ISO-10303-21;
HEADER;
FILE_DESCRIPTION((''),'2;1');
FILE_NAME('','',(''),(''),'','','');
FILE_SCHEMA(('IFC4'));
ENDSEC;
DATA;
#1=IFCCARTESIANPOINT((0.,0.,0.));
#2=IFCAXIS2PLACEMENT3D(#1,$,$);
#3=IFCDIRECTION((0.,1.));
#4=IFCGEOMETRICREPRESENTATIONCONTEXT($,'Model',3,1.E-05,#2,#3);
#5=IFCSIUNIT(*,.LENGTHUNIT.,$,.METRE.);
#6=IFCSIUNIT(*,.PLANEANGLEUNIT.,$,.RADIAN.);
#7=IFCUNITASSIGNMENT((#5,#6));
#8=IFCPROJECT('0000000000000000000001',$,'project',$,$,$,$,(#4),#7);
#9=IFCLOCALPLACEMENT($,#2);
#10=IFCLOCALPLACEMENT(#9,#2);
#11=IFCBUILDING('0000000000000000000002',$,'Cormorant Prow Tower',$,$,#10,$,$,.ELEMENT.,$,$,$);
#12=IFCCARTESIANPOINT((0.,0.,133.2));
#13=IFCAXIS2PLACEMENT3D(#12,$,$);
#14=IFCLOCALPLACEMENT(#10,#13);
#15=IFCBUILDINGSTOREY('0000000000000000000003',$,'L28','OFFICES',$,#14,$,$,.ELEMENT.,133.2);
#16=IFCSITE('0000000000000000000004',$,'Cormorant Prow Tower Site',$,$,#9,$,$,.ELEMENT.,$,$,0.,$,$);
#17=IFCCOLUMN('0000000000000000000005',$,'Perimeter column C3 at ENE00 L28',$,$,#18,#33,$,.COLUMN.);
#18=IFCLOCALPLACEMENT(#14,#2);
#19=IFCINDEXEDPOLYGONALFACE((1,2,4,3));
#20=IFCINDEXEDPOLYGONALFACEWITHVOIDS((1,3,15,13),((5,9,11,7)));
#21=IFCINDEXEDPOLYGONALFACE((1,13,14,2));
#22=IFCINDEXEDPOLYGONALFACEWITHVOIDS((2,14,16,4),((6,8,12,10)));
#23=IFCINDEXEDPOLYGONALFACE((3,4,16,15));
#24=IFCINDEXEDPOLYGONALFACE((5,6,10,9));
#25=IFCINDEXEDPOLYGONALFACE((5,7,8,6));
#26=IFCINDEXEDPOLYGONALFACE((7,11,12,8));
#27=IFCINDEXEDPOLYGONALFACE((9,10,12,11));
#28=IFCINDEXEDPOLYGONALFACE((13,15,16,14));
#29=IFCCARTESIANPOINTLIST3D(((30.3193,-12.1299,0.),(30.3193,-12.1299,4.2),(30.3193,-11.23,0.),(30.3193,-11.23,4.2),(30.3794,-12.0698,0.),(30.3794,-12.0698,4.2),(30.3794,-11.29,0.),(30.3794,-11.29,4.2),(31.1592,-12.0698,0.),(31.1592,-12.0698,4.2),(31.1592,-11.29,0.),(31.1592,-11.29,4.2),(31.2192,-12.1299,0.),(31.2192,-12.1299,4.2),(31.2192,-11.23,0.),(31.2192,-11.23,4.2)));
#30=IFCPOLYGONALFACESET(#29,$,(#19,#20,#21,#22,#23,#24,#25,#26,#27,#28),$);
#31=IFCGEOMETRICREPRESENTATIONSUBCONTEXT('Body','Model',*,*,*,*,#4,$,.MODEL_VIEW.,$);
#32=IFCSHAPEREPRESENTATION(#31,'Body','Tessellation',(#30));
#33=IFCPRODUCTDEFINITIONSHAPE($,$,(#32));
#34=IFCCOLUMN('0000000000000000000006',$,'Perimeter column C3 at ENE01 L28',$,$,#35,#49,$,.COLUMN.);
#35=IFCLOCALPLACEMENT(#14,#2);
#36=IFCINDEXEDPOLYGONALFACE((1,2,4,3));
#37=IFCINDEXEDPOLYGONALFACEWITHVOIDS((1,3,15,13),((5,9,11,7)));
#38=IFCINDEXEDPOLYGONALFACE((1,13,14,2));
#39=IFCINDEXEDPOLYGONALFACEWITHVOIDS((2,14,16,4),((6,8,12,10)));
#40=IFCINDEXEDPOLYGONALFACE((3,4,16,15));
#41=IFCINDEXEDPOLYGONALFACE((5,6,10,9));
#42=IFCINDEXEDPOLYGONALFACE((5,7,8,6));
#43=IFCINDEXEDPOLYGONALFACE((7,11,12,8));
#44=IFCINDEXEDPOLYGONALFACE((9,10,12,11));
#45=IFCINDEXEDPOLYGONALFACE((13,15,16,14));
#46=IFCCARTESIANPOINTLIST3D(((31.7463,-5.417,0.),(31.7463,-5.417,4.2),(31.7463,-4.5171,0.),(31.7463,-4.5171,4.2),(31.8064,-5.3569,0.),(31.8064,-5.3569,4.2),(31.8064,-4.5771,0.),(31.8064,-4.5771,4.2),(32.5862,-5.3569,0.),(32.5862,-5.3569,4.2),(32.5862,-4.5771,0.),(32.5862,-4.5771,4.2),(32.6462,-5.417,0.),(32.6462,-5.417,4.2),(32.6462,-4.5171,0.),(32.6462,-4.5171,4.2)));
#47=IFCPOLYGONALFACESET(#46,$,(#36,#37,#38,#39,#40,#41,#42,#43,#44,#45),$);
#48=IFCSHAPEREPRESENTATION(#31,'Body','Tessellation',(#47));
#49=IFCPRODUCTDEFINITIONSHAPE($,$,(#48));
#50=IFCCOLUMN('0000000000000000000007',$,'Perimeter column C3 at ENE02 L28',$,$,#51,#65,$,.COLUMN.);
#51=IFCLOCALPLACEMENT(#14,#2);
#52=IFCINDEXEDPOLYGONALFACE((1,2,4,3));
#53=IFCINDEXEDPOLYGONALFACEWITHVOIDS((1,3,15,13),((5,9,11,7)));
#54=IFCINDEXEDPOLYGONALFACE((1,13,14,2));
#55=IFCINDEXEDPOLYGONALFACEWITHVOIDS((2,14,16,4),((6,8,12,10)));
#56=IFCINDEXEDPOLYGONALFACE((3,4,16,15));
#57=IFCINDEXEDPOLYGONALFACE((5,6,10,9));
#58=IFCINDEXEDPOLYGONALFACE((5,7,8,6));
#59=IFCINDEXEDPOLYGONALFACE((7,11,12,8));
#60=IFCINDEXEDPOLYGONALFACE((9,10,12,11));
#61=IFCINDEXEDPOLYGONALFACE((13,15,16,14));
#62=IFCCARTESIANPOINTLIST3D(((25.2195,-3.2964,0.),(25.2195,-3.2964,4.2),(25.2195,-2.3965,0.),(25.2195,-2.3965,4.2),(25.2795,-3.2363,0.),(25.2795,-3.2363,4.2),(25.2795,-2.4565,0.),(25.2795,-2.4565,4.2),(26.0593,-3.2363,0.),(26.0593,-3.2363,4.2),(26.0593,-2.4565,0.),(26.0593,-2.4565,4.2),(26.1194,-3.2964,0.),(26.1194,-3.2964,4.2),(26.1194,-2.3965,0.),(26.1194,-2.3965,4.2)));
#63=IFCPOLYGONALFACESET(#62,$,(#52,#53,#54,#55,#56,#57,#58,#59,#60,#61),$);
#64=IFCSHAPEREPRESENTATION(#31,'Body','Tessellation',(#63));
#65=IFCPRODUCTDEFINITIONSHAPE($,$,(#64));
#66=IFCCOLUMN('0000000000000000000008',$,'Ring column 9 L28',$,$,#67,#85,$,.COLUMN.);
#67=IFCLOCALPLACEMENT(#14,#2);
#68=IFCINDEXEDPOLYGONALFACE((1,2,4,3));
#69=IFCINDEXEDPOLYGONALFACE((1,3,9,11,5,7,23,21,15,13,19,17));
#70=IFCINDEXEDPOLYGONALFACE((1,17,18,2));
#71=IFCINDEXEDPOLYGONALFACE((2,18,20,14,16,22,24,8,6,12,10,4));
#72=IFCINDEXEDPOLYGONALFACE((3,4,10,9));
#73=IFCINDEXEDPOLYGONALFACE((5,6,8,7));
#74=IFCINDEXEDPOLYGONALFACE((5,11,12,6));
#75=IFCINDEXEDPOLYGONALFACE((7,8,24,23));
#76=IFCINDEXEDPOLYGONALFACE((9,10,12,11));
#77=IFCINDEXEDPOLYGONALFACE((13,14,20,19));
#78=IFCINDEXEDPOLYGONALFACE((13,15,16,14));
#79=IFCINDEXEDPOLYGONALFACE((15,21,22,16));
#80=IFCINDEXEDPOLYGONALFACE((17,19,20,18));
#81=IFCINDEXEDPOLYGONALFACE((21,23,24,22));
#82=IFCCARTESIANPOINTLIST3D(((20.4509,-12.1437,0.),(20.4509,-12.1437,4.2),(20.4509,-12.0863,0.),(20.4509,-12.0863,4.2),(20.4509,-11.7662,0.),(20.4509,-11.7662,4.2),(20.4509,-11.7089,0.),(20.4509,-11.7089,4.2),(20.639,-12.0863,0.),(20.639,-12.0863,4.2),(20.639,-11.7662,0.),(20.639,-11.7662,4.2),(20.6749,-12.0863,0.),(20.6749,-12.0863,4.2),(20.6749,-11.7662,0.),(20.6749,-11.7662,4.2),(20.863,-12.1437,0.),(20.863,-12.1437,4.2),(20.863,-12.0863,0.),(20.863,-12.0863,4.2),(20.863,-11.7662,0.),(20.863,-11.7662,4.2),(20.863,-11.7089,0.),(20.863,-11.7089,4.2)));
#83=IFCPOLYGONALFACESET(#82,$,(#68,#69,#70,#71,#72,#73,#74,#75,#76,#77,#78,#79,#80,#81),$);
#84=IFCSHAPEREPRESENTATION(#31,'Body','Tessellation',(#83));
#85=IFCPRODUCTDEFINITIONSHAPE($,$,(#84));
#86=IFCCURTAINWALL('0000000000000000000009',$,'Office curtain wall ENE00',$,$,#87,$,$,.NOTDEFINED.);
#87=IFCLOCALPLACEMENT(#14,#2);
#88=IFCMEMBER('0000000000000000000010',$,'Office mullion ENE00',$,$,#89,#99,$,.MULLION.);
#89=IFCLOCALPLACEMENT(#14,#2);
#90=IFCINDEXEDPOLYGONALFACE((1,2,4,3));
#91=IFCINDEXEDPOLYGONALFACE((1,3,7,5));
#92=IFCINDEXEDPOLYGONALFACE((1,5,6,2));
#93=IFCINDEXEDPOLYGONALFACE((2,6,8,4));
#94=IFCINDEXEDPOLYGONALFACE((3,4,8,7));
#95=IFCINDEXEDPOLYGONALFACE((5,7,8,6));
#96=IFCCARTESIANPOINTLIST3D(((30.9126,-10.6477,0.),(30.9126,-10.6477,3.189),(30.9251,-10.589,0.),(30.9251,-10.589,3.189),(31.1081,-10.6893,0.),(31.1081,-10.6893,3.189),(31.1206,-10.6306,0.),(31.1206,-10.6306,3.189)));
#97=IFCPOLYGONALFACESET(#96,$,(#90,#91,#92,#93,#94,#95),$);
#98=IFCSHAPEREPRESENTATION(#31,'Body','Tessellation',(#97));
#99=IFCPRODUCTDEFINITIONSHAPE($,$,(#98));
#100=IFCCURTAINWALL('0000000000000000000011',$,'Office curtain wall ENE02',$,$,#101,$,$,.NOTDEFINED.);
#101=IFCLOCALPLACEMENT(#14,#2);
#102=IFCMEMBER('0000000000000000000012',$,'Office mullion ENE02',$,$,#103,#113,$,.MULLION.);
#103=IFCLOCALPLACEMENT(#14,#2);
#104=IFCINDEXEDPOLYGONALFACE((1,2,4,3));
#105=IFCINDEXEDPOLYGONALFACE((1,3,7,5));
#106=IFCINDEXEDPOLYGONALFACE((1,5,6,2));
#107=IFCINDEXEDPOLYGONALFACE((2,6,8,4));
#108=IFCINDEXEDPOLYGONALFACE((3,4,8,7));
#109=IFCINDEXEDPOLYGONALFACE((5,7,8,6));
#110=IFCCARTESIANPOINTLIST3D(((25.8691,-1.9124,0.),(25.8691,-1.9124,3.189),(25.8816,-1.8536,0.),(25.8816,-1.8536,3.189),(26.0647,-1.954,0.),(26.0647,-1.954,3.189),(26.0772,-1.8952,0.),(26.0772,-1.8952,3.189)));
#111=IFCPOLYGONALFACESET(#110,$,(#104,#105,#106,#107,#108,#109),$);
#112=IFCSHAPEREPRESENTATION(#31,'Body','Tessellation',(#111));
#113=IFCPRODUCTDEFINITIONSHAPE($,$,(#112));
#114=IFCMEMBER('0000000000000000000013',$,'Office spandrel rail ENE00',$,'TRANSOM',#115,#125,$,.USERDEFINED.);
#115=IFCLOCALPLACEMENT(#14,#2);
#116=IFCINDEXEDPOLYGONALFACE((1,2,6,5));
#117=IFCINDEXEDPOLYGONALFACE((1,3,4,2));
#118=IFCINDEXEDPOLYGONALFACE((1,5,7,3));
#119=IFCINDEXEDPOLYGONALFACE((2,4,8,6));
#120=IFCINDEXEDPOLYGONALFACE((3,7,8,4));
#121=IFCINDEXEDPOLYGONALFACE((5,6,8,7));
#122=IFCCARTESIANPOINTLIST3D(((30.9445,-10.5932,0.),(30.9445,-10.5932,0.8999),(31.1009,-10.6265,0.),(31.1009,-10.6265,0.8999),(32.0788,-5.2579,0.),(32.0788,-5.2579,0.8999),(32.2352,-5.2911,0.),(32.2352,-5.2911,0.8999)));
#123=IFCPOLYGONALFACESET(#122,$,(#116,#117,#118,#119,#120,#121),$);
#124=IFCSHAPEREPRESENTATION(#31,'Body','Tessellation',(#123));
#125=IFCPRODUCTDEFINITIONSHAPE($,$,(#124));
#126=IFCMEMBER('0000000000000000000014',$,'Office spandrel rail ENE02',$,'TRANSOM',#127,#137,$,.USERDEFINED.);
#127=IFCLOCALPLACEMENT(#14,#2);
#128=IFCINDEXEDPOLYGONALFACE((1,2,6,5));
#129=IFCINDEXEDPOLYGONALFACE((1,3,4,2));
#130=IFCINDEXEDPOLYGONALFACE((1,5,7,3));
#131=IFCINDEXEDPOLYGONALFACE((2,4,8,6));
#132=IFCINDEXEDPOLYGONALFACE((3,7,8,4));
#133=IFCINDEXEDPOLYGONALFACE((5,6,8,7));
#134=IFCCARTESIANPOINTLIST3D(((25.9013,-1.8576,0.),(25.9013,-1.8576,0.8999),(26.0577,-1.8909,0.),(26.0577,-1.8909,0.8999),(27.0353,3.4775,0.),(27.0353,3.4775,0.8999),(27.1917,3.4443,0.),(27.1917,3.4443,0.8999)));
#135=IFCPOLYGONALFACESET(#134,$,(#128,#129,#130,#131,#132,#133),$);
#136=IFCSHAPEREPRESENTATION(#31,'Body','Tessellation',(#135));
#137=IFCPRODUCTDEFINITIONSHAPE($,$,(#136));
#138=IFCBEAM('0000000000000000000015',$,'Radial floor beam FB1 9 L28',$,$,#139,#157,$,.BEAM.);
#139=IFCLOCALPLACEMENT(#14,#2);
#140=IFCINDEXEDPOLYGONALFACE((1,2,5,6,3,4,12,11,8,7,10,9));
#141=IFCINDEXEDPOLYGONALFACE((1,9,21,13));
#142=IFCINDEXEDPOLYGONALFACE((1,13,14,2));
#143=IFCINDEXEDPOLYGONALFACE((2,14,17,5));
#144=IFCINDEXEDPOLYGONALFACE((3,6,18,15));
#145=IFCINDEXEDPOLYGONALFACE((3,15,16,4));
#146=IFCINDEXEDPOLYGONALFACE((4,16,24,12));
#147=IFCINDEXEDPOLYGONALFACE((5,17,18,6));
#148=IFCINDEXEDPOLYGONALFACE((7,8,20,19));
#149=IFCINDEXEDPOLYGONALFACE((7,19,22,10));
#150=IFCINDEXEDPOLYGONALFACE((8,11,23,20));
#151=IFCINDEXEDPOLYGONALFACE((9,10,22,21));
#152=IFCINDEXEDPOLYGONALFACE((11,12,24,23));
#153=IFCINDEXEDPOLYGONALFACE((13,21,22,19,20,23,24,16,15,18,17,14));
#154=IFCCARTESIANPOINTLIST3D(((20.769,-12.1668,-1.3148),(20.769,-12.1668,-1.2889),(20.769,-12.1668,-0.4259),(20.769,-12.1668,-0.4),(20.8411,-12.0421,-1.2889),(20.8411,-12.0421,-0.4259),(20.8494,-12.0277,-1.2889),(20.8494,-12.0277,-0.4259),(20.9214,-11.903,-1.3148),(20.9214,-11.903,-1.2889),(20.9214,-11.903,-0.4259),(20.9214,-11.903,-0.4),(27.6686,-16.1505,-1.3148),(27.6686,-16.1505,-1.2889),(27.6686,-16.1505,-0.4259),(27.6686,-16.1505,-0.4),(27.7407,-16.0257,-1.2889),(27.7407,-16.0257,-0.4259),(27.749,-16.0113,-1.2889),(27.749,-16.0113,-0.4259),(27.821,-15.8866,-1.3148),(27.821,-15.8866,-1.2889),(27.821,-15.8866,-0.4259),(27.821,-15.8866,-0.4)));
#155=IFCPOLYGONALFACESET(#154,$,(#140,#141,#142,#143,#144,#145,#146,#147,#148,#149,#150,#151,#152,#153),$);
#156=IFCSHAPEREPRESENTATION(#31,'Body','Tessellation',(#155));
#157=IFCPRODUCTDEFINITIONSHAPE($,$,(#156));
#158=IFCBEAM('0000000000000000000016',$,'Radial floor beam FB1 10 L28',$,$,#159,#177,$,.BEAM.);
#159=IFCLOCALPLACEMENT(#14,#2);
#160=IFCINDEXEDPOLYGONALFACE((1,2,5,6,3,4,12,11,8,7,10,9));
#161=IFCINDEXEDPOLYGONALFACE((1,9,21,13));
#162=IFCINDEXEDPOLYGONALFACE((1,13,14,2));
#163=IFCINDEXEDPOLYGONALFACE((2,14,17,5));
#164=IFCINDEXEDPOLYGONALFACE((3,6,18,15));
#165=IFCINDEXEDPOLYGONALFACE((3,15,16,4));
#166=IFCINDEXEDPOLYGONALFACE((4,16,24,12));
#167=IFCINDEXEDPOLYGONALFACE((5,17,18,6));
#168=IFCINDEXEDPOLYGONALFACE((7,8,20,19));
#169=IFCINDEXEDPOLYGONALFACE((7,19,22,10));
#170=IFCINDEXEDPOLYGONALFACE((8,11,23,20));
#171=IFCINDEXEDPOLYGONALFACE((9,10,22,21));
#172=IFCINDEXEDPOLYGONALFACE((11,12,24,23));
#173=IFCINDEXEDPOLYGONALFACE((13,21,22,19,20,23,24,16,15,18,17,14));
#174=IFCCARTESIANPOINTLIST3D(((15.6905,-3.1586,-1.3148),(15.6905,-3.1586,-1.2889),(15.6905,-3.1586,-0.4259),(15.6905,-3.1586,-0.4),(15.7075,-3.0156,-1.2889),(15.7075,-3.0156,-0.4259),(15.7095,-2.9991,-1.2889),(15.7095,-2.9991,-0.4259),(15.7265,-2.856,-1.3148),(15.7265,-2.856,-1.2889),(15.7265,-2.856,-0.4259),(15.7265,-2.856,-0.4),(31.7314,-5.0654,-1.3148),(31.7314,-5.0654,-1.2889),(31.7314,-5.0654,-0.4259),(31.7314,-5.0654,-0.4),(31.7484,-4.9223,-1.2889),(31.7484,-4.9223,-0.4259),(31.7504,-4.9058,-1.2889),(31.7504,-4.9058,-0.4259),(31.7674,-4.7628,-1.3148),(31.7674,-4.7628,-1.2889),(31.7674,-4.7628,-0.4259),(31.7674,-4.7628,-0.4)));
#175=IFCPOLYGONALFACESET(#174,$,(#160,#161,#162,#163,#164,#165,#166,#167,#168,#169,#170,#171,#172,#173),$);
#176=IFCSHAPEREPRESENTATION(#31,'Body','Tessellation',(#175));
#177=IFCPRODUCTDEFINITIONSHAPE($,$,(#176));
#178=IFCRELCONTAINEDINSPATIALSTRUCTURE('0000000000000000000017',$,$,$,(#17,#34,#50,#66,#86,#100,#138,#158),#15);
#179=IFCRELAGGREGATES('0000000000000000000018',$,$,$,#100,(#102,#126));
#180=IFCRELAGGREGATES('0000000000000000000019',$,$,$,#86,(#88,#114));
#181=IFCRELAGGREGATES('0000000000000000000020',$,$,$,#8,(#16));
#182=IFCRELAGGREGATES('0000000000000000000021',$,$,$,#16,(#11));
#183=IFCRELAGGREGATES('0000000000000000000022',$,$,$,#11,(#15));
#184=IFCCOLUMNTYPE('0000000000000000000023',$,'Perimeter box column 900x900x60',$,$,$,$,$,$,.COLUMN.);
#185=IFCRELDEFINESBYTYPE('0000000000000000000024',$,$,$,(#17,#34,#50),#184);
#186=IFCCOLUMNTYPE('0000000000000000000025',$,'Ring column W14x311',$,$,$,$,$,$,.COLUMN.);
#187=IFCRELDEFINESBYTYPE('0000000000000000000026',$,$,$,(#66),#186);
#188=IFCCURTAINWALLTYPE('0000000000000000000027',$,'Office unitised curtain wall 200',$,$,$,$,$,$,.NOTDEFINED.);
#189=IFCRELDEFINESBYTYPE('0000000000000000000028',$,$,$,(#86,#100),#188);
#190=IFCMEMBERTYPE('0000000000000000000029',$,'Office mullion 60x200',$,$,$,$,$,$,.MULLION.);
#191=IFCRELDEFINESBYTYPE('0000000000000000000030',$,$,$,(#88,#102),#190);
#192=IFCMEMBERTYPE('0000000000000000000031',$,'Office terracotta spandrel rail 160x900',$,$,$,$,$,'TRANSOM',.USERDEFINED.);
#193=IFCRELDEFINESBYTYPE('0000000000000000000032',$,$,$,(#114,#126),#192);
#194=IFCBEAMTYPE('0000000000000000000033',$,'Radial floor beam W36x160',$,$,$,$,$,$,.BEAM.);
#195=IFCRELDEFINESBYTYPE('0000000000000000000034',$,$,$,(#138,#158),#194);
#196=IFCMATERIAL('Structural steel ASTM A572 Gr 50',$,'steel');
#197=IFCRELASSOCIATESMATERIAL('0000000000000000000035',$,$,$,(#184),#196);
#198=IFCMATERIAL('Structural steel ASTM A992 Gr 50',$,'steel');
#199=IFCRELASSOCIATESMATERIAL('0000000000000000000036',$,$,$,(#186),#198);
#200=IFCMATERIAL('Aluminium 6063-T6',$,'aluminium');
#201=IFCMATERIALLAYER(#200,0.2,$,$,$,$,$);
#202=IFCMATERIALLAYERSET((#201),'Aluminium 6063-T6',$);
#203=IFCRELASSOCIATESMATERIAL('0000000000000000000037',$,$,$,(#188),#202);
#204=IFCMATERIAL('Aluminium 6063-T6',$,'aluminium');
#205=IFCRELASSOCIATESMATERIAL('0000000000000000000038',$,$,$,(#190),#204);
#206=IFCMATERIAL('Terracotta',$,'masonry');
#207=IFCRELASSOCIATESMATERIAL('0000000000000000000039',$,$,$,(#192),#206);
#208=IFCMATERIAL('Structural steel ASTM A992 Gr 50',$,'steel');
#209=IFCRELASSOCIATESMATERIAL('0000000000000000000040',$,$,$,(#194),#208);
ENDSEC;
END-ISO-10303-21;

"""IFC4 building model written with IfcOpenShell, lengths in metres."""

from ifc_helpers import new_model, si_unit, direction, frame, origin, origin_2d, place, context, subcontext, project, spatial, rectangle, hollow_rectangle, i_section, extrude, material, layer, layer_set, material_profile, profile_set, type_object, element, aggregate, save


model = new_model("IFC4")

# Units and contexts
model_context = context("Model", 3, precision=1e-05, world=origin(), true_north=direction((0.0, 1.0)))
body_context = subcontext(model_context, "Body", "Model", "MODEL_VIEW")
ifc_project = project(units=[si_unit("LENGTHUNIT", "METRE"), si_unit("PLANEANGLEUNIT", "RADIAN")], contexts=[model_context])

# Site, building, storey
site_placement = place(None, origin())
site = spatial("IfcSite", under=ifc_project, at=site_placement, Name="Cormorant Prow Tower Site", CompositionType="ELEMENT", RefElevation=0.0)
building_placement = place(site_placement, origin())
building = spatial("IfcBuilding", under=site, at=building_placement, Name="Cormorant Prow Tower", CompositionType="ELEMENT")
storey_placement = place(building_placement, frame((0.0, 0.0, 133.2)))
storey = spatial("IfcBuildingStorey", under=building, at=storey_placement, Name="L28", Description="OFFICES", CompositionType="ELEMENT", Elevation=133.2)

# Columns
ifc_material_1 = material(Name="Structural steel ASTM A572 Gr 50", Category="steel")
ifc_material_profile_1 = material_profile(ifc_material_1, hollow_rectangle(XDim=0.8999, YDim=0.8999, WallThickness=0.0601, at=origin_2d()), Name="Box 900x900x60")
ifc_profile_set_1 = profile_set([ifc_material_profile_1], Name="Structural steel ASTM A572 Gr 50")
column_type_1 = type_object("IfcColumnType", Name="Perimeter box column 900x900x60", PredefinedType="COLUMN", material=ifc_profile_set_1)
for number, where, z_axis, x_axis, name in (
    (1, (30.7693, -11.6799, 0.0), (0.0, 0.0, 1.0), (1.0, 0.0, 0.0), "Perimeter column C3 at ENE00 L28"),
    (2, (32.1963, -4.967, 0.0), (0.0, 0.0, 1.0), (1.0, 0.0, 0.0), "Perimeter column C3 at ENE01 L28"),
    (3, (25.6694, -2.8464, 0.0), (0.0, 0.0, 1.0), (1.0, 0.0, 0.0), "Perimeter column C3 at ENE02 L28"),
):
    element("IfcColumn", number, at=place(storey_placement, frame(where, z_axis=z_axis, x_axis=x_axis)), inside=storey, type_object=column_type_1, Name=name, PredefinedType="COLUMN", context=body_context, shape_type="SweptSolid", body=[
        extrude(hollow_rectangle(XDim=0.8999, YDim=0.8999, WallThickness=0.0601, at=origin_2d()), origin(), (0.0, 0.0, 1.0), 4.2),
    ])
ifc_material_2 = material(Name="Structural steel ASTM A992 Gr 50", Category="steel")
ifc_material_profile_2 = material_profile(ifc_material_2, i_section(OverallWidth=0.4121, OverallDepth=0.4348, WebThickness=0.0359, FlangeThickness=0.0574, at=origin_2d()), Name="W14x311")
ifc_profile_set_2 = profile_set([ifc_material_profile_2], Name="Structural steel ASTM A992 Gr 50")
column_type_2 = type_object("IfcColumnType", Name="Ring column W14x311", PredefinedType="COLUMN", material=ifc_profile_set_2)
column_placement = place(storey_placement, frame((20.657, -11.9263, 0.0), z_axis=(0.0, 0.0, 1.0), x_axis=(1.0, 0.0, 0.0)))
element("IfcColumn", 4, at=column_placement, inside=storey, type_object=column_type_2, Name="Ring column 9 L28", PredefinedType="COLUMN", context=body_context, shape_type="SweptSolid", body=[
    extrude(i_section(OverallWidth=0.4121, OverallDepth=0.4348, WebThickness=0.0359, FlangeThickness=0.0574, at=origin_2d()), origin(), (0.0, 0.0, 1.0), 4.2),
])

# Curtain walls, members
ifc_material_3 = material(Name="Aluminium 6063-T6", Category="aluminium")
ifc_layer_1 = layer(ifc_material_3, 0.2)
ifc_layer_set_1 = layer_set([ifc_layer_1], Name="Aluminium 6063-T6")
curtain_wall_type = type_object("IfcCurtainWallType", Name="Office unitised curtain wall 200", PredefinedType="NOTDEFINED", material=ifc_layer_set_1)
curtain_wall_1_placement = place(storey_placement, origin())
curtain_wall_1 = element("IfcCurtainWall", 5, at=curtain_wall_1_placement, inside=storey, type_object=curtain_wall_type, Name="Office curtain wall ENE00", PredefinedType="NOTDEFINED")
ifc_material_4 = material(Name="Aluminium 6063-T6", Category="aluminium")
ifc_material_profile_3 = material_profile(ifc_material_4, rectangle(XDim=0.2, YDim=0.0601, at=origin_2d()), Name="Office mullion 60x200")
ifc_profile_set_3 = profile_set([ifc_material_profile_3], Name="Aluminium 6063-T6")
member_type_1 = type_object("IfcMemberType", Name="Office mullion 60x200", PredefinedType="MULLION", material=ifc_profile_set_3)
member_1_placement = place(storey_placement, frame((31.0166, -10.6392, 0.0), z_axis=(0.0, 0.0, 1.0), x_axis=(-0.978148, 0.207912, 0.0)))
member_1 = element("IfcMember", 6, at=member_1_placement, type_object=member_type_1, Name="Office mullion ENE00", PredefinedType="MULLION", context=body_context, shape_type="SweptSolid", body=[
    extrude(rectangle(XDim=0.2, YDim=0.0601, at=origin_2d()), origin(), (0.0, 0.0, 1.0), 3.189),
])
curtain_wall_2_placement = place(storey_placement, origin())
curtain_wall_2 = element("IfcCurtainWall", 7, at=curtain_wall_2_placement, inside=storey, type_object=curtain_wall_type, Name="Office curtain wall ENE02", PredefinedType="NOTDEFINED")
member_2_placement = place(storey_placement, frame((25.9731, -1.9038, 0.0), z_axis=(0.0, 0.0, 1.0), x_axis=(-0.978148, 0.207912, 0.0)))
member_2 = element("IfcMember", 8, at=member_2_placement, type_object=member_type_1, Name="Office mullion ENE02", PredefinedType="MULLION", context=body_context, shape_type="SweptSolid", body=[
    extrude(rectangle(XDim=0.2, YDim=0.0601, at=origin_2d()), origin(), (0.0, 0.0, 1.0), 3.189),
])

# Members
ifc_material_5 = material(Name="Terracotta", Category="masonry")
ifc_material_profile_4 = material_profile(ifc_material_5, rectangle(XDim=0.1599, YDim=0.8999, at=origin_2d()), Name="Office terracotta spandrel rail 160x900")
ifc_profile_set_4 = profile_set([ifc_material_profile_4], Name="Terracotta")
member_type_2 = type_object("IfcMemberType", Name="Office terracotta spandrel rail 160x900", ElementType="TRANSOM", PredefinedType="USERDEFINED", material=ifc_profile_set_4)
member_3_placement = place(storey_placement, frame((31.0227, -10.6099, 0.45), z_axis=(0.207945, 0.97814, 0.0), x_axis=(-0.97814, 0.207945, 0.0)))
member_3 = element("IfcMember", 9, at=member_3_placement, type_object=member_type_2, Name="Office spandrel rail ENE00", ObjectType="TRANSOM", PredefinedType="USERDEFINED", context=body_context, shape_type="SweptSolid", body=[
    extrude(rectangle(XDim=0.1599, YDim=0.8999, at=origin_2d()), origin(), (0.0, 0.0, 1.0), 5.4546),
])
member_4_placement = place(storey_placement, frame((25.9795, -1.8743, 0.45), z_axis=(0.207912, 0.978148, 0.0), x_axis=(-0.978148, 0.207912, 0.0)))
member_4 = element("IfcMember", 10, at=member_4_placement, type_object=member_type_2, Name="Office spandrel rail ENE02", ObjectType="TRANSOM", PredefinedType="USERDEFINED", context=body_context, shape_type="SweptSolid", body=[
    extrude(rectangle(XDim=0.1599, YDim=0.8999, at=origin_2d()), origin(), (0.0, 0.0, 1.0), 5.4543),
])
aggregate(curtain_wall_2, [member_2, member_4])

# Beams
ifc_material_6 = material(Name="Structural steel ASTM A992 Gr 50", Category="steel")
ifc_material_profile_5 = material_profile(ifc_material_6, i_section(OverallWidth=0.3047, OverallDepth=0.9148, WebThickness=0.0166, FlangeThickness=0.0259, at=origin_2d()), Name="W36x160")
ifc_profile_set_5 = profile_set([ifc_material_profile_5], Name="Structural steel ASTM A992 Gr 50")
beam_type_1 = type_object("IfcBeamType", Name="Radial floor beam W36x160", PredefinedType="BEAM", material=ifc_profile_set_5)
beam_1_placement = place(storey_placement, frame((20.8452, -12.0349, -0.8574), z_axis=(0.866019, -0.500012, 0.0), x_axis=(0.500012, 0.866019, 0.0)))
element("IfcBeam", 11, at=beam_1_placement, inside=storey, type_object=beam_type_1, Name="Radial floor beam FB1 9 L28", PredefinedType="BEAM", context=body_context, shape_type="SweptSolid", body=[
    extrude(i_section(OverallWidth=0.3047, OverallDepth=0.9148, WebThickness=0.0166, FlangeThickness=0.0259, at=origin_2d()), origin(), (0.0, 0.0, 1.0), 7.967),
])
beam_2_placement = place(storey_placement, frame((15.7085, -3.0073, -0.8574), z_axis=(0.993009, -0.118037, 0.0), x_axis=(0.118037, 0.993009, 0.0)))
element("IfcBeam", 12, at=beam_2_placement, inside=storey, type_object=beam_type_1, Name="Radial floor beam FB1 10 L28", PredefinedType="BEAM", context=body_context, shape_type="SweptSolid", body=[
    extrude(i_section(OverallWidth=0.3047, OverallDepth=0.9148, WebThickness=0.0166, FlangeThickness=0.0259, at=origin_2d()), origin(), (0.0, 0.0, 1.0), 16.1538),
])

aggregate(curtain_wall_1, [member_1, member_3])

save(model, "model.ifc")
